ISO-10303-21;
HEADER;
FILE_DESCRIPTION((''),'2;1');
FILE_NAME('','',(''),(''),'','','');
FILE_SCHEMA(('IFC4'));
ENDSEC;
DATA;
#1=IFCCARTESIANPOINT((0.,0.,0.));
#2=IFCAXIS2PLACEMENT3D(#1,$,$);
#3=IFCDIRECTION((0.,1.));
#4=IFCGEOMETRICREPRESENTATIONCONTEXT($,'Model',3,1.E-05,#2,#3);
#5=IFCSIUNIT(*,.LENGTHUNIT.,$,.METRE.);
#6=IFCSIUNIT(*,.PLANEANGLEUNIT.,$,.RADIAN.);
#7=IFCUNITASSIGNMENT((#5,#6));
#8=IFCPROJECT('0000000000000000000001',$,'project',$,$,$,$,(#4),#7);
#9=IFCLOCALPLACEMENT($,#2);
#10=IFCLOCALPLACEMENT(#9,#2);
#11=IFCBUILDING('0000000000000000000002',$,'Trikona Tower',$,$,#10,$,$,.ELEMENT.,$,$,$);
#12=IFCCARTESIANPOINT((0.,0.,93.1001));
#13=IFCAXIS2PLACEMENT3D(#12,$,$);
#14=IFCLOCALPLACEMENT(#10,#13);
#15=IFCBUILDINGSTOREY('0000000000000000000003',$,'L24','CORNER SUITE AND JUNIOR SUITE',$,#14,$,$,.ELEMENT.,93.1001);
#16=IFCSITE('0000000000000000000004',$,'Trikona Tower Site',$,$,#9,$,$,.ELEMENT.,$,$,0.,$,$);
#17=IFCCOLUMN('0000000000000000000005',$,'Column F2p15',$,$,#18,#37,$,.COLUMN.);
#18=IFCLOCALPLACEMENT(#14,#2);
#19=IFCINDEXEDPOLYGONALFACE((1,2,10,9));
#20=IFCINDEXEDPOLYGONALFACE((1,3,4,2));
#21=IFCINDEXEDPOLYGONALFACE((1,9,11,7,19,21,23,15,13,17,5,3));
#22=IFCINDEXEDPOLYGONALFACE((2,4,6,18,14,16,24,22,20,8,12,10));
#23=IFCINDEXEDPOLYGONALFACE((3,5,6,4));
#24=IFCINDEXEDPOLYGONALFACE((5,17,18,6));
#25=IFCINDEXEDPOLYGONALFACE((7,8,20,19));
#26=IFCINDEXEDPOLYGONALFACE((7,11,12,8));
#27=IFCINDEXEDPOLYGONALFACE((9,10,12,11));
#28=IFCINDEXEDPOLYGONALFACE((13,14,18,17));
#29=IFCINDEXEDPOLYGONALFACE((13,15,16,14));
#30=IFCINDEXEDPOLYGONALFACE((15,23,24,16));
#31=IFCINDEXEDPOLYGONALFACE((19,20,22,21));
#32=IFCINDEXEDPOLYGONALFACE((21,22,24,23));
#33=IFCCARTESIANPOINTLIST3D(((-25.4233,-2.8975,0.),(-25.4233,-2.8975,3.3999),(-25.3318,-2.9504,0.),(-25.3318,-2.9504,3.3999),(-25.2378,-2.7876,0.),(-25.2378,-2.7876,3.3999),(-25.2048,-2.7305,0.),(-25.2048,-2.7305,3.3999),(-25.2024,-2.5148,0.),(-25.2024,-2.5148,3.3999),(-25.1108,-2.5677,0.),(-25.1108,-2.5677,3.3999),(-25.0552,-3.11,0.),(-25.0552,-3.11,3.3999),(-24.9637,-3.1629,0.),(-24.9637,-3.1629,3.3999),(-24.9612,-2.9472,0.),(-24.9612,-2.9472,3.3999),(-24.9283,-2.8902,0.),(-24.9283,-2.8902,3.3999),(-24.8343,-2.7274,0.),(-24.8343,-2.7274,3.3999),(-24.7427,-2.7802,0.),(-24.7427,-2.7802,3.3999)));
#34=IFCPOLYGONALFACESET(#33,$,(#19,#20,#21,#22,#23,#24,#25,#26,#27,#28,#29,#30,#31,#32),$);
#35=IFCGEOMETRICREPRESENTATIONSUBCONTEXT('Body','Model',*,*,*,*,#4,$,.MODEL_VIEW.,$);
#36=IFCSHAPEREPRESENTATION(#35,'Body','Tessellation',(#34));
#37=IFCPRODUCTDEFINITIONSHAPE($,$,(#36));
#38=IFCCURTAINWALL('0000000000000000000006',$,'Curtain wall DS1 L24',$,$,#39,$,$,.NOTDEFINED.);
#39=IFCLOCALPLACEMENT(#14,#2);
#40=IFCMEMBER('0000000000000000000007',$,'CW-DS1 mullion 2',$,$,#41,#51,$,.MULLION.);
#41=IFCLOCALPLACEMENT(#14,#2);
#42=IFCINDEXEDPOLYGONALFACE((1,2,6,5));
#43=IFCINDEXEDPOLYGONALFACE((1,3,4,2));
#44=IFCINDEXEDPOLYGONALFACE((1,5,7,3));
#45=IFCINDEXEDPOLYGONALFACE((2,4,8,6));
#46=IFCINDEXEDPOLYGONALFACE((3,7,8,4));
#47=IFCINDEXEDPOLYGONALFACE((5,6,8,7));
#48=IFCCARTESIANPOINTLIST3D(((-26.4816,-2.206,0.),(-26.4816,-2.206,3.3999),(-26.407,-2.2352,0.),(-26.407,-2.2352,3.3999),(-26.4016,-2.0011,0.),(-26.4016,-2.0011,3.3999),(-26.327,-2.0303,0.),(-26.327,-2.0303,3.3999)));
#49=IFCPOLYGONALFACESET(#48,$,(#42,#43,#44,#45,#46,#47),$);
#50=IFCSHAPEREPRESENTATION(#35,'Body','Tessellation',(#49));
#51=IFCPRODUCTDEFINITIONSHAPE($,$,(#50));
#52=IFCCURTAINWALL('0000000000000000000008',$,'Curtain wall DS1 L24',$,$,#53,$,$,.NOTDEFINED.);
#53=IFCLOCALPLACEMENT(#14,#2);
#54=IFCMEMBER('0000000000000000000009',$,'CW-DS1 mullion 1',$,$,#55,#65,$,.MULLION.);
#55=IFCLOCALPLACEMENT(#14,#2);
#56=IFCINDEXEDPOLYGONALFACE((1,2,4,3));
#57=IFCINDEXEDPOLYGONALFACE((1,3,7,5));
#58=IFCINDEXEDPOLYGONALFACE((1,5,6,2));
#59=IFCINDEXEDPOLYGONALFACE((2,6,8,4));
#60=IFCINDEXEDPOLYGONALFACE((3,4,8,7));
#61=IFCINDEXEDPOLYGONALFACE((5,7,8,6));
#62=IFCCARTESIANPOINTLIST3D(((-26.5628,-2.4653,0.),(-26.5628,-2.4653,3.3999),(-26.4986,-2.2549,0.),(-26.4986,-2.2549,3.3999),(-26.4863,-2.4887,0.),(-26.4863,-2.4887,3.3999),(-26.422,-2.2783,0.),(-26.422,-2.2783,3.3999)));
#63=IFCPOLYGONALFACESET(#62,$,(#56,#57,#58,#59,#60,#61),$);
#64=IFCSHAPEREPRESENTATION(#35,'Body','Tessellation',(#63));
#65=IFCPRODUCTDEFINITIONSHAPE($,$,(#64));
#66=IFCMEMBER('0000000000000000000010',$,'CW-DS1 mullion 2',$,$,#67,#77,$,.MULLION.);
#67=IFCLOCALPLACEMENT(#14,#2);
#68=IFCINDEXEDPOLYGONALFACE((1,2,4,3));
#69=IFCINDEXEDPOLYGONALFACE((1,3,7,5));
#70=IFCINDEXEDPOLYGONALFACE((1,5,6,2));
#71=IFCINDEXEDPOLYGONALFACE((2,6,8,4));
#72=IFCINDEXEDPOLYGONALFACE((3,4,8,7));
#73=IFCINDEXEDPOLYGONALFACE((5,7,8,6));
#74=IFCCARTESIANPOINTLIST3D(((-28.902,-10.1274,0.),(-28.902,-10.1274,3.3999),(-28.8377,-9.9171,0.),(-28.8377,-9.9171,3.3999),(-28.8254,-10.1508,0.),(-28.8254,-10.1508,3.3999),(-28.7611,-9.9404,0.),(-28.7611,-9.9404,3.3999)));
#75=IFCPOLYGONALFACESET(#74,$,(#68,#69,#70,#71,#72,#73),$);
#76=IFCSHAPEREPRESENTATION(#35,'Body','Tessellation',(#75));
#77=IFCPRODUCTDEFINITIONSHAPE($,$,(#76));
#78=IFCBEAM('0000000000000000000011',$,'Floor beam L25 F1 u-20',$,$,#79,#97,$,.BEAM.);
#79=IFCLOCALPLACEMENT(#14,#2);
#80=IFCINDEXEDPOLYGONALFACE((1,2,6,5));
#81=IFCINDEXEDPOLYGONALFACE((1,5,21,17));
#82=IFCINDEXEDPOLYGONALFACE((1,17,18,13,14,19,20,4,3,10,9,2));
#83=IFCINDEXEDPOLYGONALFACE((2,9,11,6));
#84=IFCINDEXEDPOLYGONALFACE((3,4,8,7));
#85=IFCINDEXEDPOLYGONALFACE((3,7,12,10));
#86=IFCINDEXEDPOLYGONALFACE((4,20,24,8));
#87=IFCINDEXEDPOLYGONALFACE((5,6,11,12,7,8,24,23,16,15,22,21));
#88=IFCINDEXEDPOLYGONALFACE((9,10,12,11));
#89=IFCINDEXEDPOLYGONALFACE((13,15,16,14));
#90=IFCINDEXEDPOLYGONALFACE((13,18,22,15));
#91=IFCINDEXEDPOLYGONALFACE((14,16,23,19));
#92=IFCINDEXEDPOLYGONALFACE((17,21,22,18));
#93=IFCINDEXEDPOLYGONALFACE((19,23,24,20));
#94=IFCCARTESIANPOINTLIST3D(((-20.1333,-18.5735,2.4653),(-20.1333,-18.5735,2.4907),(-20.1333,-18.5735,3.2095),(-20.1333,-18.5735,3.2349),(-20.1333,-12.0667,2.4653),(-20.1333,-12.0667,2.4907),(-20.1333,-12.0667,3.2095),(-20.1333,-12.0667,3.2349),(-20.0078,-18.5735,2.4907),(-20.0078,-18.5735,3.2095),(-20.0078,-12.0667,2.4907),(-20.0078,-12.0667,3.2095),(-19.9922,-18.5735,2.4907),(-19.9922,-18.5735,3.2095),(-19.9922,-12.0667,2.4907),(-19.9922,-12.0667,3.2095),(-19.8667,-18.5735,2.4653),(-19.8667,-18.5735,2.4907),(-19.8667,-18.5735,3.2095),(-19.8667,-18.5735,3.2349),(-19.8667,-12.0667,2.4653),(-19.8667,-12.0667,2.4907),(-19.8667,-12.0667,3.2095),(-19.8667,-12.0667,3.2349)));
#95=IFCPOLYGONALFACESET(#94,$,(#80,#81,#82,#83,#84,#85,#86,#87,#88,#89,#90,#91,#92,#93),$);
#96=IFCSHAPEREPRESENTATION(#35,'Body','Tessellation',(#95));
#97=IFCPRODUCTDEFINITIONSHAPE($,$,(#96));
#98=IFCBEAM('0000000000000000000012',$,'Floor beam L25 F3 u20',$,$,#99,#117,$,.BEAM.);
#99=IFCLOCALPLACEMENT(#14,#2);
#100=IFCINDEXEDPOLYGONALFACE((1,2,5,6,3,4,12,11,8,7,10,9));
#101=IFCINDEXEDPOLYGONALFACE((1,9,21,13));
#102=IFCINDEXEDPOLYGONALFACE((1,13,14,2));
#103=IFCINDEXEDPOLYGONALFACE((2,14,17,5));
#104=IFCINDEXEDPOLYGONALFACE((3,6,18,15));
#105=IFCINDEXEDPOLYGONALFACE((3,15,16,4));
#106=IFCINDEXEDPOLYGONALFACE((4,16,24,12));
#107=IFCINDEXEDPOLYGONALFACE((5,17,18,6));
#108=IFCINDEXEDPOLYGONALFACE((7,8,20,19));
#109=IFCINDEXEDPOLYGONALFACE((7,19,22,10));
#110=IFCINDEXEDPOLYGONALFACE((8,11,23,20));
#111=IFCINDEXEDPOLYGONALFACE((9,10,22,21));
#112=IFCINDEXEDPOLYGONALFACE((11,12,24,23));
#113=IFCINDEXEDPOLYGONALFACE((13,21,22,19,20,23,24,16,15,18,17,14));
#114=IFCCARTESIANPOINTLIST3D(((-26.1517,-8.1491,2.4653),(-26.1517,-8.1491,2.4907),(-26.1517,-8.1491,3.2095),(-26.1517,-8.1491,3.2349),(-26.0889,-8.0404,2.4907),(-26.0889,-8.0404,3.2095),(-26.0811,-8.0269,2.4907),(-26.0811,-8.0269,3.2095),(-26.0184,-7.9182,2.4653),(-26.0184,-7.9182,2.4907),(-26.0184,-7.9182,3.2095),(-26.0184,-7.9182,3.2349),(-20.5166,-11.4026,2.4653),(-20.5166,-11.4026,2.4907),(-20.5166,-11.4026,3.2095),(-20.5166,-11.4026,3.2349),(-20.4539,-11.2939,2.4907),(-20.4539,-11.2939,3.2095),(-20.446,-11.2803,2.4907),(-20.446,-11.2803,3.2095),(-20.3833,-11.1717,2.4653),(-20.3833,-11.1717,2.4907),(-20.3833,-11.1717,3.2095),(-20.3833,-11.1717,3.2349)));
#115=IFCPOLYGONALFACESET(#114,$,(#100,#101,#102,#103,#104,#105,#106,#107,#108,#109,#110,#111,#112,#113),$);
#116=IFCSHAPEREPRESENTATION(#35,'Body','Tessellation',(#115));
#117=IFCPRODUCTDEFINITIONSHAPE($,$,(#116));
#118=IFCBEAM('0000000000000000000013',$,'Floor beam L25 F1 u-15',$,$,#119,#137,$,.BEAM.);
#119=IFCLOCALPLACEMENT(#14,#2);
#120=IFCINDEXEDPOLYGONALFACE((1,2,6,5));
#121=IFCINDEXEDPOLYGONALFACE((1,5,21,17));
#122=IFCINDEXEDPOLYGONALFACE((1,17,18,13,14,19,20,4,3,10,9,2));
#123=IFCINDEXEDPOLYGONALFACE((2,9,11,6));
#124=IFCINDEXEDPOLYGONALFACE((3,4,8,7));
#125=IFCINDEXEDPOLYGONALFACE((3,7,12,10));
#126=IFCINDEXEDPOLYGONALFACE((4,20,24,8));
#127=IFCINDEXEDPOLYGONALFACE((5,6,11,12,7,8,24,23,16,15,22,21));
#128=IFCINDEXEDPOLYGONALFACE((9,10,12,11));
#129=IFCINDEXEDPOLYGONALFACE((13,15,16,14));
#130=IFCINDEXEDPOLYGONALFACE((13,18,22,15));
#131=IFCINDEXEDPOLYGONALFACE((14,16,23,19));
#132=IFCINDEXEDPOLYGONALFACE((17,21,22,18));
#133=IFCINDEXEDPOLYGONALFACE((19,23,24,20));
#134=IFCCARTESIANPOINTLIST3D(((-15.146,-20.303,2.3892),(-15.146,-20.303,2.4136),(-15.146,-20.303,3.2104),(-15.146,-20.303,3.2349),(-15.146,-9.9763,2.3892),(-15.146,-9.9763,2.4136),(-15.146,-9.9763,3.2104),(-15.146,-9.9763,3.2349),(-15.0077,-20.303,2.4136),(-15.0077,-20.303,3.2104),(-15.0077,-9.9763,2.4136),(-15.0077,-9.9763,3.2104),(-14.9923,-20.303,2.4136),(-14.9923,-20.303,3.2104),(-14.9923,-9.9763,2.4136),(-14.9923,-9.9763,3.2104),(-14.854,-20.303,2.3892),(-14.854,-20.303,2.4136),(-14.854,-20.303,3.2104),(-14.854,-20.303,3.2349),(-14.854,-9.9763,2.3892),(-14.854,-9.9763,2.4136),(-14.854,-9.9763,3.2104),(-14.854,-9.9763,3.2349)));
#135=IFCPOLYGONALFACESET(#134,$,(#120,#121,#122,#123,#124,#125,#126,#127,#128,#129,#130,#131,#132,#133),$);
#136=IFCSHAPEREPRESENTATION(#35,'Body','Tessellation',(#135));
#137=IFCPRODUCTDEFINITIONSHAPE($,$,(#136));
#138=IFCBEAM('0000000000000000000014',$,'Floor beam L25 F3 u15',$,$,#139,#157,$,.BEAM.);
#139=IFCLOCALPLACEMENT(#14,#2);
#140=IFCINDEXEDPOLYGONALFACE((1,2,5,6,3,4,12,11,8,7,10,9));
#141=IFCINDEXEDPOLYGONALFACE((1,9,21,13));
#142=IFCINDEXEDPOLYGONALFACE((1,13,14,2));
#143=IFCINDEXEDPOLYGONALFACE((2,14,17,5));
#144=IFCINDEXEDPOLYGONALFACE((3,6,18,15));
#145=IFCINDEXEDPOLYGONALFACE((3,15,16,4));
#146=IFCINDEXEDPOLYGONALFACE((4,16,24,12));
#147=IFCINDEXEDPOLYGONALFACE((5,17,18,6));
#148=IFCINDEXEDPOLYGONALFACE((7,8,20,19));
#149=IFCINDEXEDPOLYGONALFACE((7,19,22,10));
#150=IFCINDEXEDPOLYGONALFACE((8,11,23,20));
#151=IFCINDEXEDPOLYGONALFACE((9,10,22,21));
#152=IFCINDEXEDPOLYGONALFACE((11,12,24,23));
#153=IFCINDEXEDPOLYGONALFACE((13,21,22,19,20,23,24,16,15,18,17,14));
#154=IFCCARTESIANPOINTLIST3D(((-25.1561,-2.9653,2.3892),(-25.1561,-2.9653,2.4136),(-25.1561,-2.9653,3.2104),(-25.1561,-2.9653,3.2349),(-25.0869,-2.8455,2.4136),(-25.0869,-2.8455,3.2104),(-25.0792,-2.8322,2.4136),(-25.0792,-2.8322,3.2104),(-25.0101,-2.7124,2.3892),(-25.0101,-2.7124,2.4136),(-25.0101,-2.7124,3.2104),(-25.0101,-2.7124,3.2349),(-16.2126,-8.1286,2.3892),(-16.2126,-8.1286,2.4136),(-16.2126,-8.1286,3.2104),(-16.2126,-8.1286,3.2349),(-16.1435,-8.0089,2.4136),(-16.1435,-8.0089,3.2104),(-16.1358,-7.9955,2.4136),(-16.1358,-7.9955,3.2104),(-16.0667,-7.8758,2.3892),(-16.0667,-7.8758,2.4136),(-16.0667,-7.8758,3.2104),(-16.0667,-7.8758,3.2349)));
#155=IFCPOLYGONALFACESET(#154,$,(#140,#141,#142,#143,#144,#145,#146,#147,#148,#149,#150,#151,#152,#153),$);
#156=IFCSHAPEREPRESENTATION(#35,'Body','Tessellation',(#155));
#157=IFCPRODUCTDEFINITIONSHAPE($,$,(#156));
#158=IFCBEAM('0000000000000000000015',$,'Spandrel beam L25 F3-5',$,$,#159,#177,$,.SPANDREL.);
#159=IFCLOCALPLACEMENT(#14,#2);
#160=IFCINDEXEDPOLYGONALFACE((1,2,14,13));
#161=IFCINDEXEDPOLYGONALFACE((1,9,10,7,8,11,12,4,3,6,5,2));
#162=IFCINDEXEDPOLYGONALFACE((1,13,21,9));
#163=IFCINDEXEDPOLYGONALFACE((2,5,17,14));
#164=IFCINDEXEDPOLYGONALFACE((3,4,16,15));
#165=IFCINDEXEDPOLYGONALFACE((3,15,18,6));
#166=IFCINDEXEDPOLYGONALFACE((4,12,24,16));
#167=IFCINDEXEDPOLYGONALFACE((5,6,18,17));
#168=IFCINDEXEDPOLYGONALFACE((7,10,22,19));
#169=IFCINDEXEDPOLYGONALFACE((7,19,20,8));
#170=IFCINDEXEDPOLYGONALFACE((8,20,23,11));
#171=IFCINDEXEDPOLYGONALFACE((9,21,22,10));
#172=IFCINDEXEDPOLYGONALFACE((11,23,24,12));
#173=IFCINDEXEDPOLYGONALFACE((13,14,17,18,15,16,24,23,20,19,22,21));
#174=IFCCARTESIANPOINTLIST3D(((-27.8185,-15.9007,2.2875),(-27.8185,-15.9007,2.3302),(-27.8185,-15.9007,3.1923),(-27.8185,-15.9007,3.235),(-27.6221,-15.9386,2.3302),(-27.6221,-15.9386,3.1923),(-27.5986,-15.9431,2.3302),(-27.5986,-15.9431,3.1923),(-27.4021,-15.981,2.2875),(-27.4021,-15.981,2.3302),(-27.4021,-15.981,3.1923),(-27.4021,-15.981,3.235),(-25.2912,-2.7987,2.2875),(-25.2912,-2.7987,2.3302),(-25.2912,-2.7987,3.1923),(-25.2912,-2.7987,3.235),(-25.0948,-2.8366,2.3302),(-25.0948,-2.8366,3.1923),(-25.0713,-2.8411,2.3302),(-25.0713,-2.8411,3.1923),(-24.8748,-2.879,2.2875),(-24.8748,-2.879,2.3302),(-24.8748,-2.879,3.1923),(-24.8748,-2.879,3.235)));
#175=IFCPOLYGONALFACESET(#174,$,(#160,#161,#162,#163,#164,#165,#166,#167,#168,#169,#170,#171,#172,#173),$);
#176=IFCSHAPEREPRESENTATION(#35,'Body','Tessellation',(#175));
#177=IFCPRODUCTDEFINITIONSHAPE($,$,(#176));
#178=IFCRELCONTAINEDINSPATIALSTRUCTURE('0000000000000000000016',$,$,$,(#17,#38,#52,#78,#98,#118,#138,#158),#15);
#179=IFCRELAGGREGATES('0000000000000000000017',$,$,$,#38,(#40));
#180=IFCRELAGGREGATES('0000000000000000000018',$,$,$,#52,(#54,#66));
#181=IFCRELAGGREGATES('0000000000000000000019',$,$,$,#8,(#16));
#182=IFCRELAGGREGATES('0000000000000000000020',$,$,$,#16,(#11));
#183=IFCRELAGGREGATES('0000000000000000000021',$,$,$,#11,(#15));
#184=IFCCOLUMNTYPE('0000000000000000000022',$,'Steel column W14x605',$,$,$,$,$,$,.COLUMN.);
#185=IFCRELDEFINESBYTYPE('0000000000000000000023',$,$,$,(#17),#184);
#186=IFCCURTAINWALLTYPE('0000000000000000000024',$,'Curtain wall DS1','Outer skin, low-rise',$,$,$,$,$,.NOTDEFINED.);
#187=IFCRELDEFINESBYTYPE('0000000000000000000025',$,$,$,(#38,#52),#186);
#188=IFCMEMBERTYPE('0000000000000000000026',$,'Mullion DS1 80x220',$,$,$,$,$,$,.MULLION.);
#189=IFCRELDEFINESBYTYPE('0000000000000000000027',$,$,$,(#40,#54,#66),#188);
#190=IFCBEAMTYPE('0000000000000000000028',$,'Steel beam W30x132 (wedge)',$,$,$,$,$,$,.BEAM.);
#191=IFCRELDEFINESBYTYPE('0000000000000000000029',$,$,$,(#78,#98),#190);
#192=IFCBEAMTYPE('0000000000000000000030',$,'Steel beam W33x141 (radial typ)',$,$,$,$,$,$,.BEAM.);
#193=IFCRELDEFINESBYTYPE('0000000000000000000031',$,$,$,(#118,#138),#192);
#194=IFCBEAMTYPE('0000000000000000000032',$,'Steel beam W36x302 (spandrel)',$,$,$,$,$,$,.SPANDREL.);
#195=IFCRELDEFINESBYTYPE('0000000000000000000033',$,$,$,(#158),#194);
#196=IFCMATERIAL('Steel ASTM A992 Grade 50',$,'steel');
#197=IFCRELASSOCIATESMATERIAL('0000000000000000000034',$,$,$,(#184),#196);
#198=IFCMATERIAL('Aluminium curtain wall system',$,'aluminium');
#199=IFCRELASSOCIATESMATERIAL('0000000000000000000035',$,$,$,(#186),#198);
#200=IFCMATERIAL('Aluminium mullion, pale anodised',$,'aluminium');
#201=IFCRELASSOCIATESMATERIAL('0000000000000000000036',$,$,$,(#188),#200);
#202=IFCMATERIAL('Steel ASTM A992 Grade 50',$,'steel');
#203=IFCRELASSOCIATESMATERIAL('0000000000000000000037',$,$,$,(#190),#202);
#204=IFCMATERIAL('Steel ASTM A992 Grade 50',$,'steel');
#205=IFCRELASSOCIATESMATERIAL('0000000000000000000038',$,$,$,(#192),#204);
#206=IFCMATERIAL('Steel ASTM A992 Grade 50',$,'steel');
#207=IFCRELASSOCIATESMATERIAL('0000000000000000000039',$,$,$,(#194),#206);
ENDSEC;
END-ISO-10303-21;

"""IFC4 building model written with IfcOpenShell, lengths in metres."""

from ifc_helpers import new_model, si_unit, direction, frame, origin, origin_2d, place, context, subcontext, project, spatial, rectangle, i_section, extrude, material, material_profile, profile_set, type_object, element, aggregate, save


model = new_model("IFC4")

# Units and contexts
model_context = context("Model", 3, precision=1e-05, world=origin(), true_north=direction((0.0, 1.0)))
body_context = subcontext(model_context, "Body", "Model", "MODEL_VIEW")
ifc_project = project(units=[si_unit("LENGTHUNIT", "METRE"), si_unit("PLANEANGLEUNIT", "RADIAN")], contexts=[model_context])

# Site, building, storey
site_placement = place(None, origin())
site = spatial("IfcSite", under=ifc_project, at=site_placement, Name="Trikona Tower Site", CompositionType="ELEMENT", RefElevation=0.0)
building_placement = place(site_placement, origin())
building = spatial("IfcBuilding", under=site, at=building_placement, Name="Trikona Tower", CompositionType="ELEMENT")
storey_placement = place(building_placement, frame((0.0, 0.0, 93.1001)))
storey = spatial("IfcBuildingStorey", under=building, at=storey_placement, Name="L24", Description="CORNER SUITE AND JUNIOR SUITE", CompositionType="ELEMENT", Elevation=93.1001)

# Column
ifc_material_1 = material(Name="Steel ASTM A992 Grade 50", Category="steel")
ifc_material_profile_1 = material_profile(ifc_material_1, i_section(OverallWidth=0.4419, OverallDepth=0.5308, WebThickness=0.0659, FlangeThickness=0.1057, at=origin_2d()), Name="W14X605")
ifc_profile_set_1 = profile_set([ifc_material_profile_1], Name="Steel ASTM A992 Grade 50")
column_type = type_object("IfcColumnType", Name="Steel column W14x605", PredefinedType="COLUMN", material=ifc_profile_set_1)
column_placement = place(storey_placement, frame((-25.083, -2.8389, 0.0), z_axis=(0.0, 0.0, 1.0), x_axis=(-0.5, -0.866025, 0.0)))
element("IfcColumn", 1, at=column_placement, inside=storey, type_object=column_type, Name="Column F2p15", PredefinedType="COLUMN", context=body_context, shape_type="SweptSolid", body=[
    extrude(i_section(OverallWidth=0.4419, OverallDepth=0.5308, WebThickness=0.0659, FlangeThickness=0.1057, at=origin_2d()), origin(), (0.0, 0.0, 1.0), 3.3999),
])

# Curtain wall, member
ifc_material_2 = material(Name="Aluminium curtain wall system", Category="aluminium")
curtain_wall_type = type_object("IfcCurtainWallType", Name="Curtain wall DS1", Description="Outer skin, low-rise", PredefinedType="NOTDEFINED", material=ifc_material_2)
curtain_wall_1_placement = place(storey_placement, origin())
curtain_wall_1 = element("IfcCurtainWall", 2, at=curtain_wall_1_placement, inside=storey, type_object=curtain_wall_type, Name="Curtain wall DS1 L24", PredefinedType="NOTDEFINED")
ifc_material_3 = material(Name="Aluminium mullion, pale anodised", Category="aluminium")
ifc_material_profile_2 = material_profile(ifc_material_3, rectangle(XDim=0.0801, YDim=0.22, at=origin_2d()), Name="MUL-DS1")
ifc_profile_set_2 = profile_set([ifc_material_profile_2], Name="Aluminium mullion, pale anodised")
member_type_1 = type_object("IfcMemberType", Name="Mullion DS1 80x220", PredefinedType="MULLION", material=ifc_profile_set_2)
member_1_placement = place(storey_placement, frame((-26.4043, -2.1182, 0.0), z_axis=(0.0, 0.0, 1.0), x_axis=(0.931396, -0.364008, 0.0)))
member_1 = element("IfcMember", 3, at=member_1_placement, type_object=member_type_1, Name="CW-DS1 mullion 2", PredefinedType="MULLION", context=body_context, shape_type="SweptSolid", body=[
    extrude(rectangle(XDim=0.0801, YDim=0.22, at=origin_2d()), origin(), (0.0, 0.0, 1.0), 3.3999),
])
aggregate(curtain_wall_1, [member_1])

# Curtain wall, members
curtain_wall_2_placement = place(storey_placement, origin())
curtain_wall_2 = element("IfcCurtainWall", 4, at=curtain_wall_2_placement, inside=storey, type_object=curtain_wall_type, Name="Curtain wall DS1 L24", PredefinedType="NOTDEFINED")
member_2_placement = place(storey_placement, frame((-26.4924, -2.3718, 0.0), z_axis=(0.0, 0.0, 1.0), x_axis=(0.956423, -0.291984, 0.0)))
member_2 = element("IfcMember", 5, at=member_2_placement, type_object=member_type_1, Name="CW-DS1 mullion 1", PredefinedType="MULLION", context=body_context, shape_type="SweptSolid", body=[
    extrude(rectangle(XDim=0.0801, YDim=0.22, at=origin_2d()), origin(), (0.0, 0.0, 1.0), 3.3999),
])
member_3_placement = place(storey_placement, frame((-28.8315, -10.0339, 0.0), z_axis=(0.0, 0.0, 1.0), x_axis=(0.956423, -0.291984, 0.0)))
member_3 = element("IfcMember", 6, at=member_3_placement, type_object=member_type_1, Name="CW-DS1 mullion 2", PredefinedType="MULLION", context=body_context, shape_type="SweptSolid", body=[
    extrude(rectangle(XDim=0.0801, YDim=0.22, at=origin_2d()), origin(), (0.0, 0.0, 1.0), 3.3999),
])

# Beams
ifc_material_4 = material(Name="Steel ASTM A992 Grade 50", Category="steel")
ifc_material_profile_3 = material_profile(ifc_material_4, i_section(OverallWidth=0.2666, OverallDepth=0.7695, WebThickness=0.0156, FlangeThickness=0.0254, at=origin_2d()), Name="W30X132")
ifc_profile_set_3 = profile_set([ifc_material_profile_3], Name="Steel ASTM A992 Grade 50")
beam_type_1 = type_object("IfcBeamType", Name="Steel beam W30x132 (wedge)", PredefinedType="BEAM", material=ifc_profile_set_3)
for number, where, z_axis, x_axis, name in (
    (7, (-20.0, -12.0667, 2.8501), (0.0, -1.0, 0.0), (1.0, 0.0, 0.0), "Floor beam L25 F1 u-20"),
    (8, (-20.45, -11.2871, 2.8501), (-0.866023, 0.500005, 0.0), (-0.500005, -0.866023, 0.0), "Floor beam L25 F3 u20"),
):
    element("IfcBeam", number, at=place(storey_placement, frame(where, z_axis=z_axis, x_axis=x_axis)), inside=storey, type_object=beam_type_1, Name=name, PredefinedType="BEAM", context=body_context, shape_type="SweptSolid", body=[
        extrude(i_section(OverallWidth=0.2666, OverallDepth=0.7695, WebThickness=0.0156, FlangeThickness=0.0254, at=origin_2d()), origin(), (0.0, 0.0, 1.0), 6.5068),
    ])
ifc_material_5 = material(Name="Steel ASTM A992 Grade 50", Category="steel")
ifc_material_profile_4 = material_profile(ifc_material_5, i_section(OverallWidth=0.292, OverallDepth=0.8457, WebThickness=0.0154, FlangeThickness=0.0244, at=origin_2d()), Name="W33X141")
ifc_profile_set_4 = profile_set([ifc_material_profile_4], Name="Steel ASTM A992 Grade 50")
beam_type_2 = type_object("IfcBeamType", Name="Steel beam W33x141 (radial typ)", PredefinedType="BEAM", material=ifc_profile_set_4)
beam_1_placement = place(storey_placement, frame((-15.0, -9.9763, 2.812), z_axis=(0.0, -1.0, 0.0), x_axis=(1.0, 0.0, 0.0)))
element("IfcBeam", 9, at=beam_1_placement, inside=storey, type_object=beam_type_2, Name="Floor beam L25 F1 u-15", PredefinedType="BEAM", context=body_context, shape_type="SweptSolid", body=[
    extrude(i_section(OverallWidth=0.292, OverallDepth=0.8457, WebThickness=0.0154, FlangeThickness=0.0244, at=origin_2d()), origin(), (0.0, 0.0, 1.0), 10.3267),
])
beam_2_placement = place(storey_placement, frame((-16.1396, -8.0022, 2.812), z_axis=(-0.86603, 0.499991, 0.0), x_axis=(-0.499991, -0.86603, 0.0)))
element("IfcBeam", 10, at=beam_2_placement, inside=storey, type_object=beam_type_2, Name="Floor beam L25 F3 u15", PredefinedType="BEAM", context=body_context, shape_type="SweptSolid", body=[
    extrude(i_section(OverallWidth=0.292, OverallDepth=0.8457, WebThickness=0.0154, FlangeThickness=0.0244, at=origin_2d()), origin(), (0.0, 0.0, 1.0), 10.3269),
])
ifc_material_6 = material(Name="Steel ASTM A992 Grade 50", Category="steel")
ifc_material_profile_5 = material_profile(ifc_material_6, i_section(OverallWidth=0.4241, OverallDepth=0.9475, WebThickness=0.0239, FlangeThickness=0.0427, at=origin_2d()), Name="W36X302")
ifc_profile_set_5 = profile_set([ifc_material_profile_5], Name="Steel ASTM A992 Grade 50")
beam_type_3 = type_object("IfcBeamType", Name="Steel beam W36x302 (spandrel)", PredefinedType="SPANDREL", material=ifc_profile_set_5)
beam_3_placement = place(storey_placement, frame((-25.083, -2.8389, 2.7612), z_axis=(-0.189405, -0.981899, 0.0), x_axis=(0.981899, -0.189405, 0.0)))
element("IfcBeam", 11, at=beam_3_placement, inside=storey, type_object=beam_type_3, Name="Spandrel beam L25 F3-5", PredefinedType="SPANDREL", context=body_context, shape_type="SweptSolid", body=[
    extrude(i_section(OverallWidth=0.4241, OverallDepth=0.9475, WebThickness=0.0239, FlangeThickness=0.0427, at=origin_2d()), origin(), (0.0, 0.0, 1.0), 13.3435),
])

aggregate(curtain_wall_2, [member_2, member_3])

save(model, "model.ifc")
